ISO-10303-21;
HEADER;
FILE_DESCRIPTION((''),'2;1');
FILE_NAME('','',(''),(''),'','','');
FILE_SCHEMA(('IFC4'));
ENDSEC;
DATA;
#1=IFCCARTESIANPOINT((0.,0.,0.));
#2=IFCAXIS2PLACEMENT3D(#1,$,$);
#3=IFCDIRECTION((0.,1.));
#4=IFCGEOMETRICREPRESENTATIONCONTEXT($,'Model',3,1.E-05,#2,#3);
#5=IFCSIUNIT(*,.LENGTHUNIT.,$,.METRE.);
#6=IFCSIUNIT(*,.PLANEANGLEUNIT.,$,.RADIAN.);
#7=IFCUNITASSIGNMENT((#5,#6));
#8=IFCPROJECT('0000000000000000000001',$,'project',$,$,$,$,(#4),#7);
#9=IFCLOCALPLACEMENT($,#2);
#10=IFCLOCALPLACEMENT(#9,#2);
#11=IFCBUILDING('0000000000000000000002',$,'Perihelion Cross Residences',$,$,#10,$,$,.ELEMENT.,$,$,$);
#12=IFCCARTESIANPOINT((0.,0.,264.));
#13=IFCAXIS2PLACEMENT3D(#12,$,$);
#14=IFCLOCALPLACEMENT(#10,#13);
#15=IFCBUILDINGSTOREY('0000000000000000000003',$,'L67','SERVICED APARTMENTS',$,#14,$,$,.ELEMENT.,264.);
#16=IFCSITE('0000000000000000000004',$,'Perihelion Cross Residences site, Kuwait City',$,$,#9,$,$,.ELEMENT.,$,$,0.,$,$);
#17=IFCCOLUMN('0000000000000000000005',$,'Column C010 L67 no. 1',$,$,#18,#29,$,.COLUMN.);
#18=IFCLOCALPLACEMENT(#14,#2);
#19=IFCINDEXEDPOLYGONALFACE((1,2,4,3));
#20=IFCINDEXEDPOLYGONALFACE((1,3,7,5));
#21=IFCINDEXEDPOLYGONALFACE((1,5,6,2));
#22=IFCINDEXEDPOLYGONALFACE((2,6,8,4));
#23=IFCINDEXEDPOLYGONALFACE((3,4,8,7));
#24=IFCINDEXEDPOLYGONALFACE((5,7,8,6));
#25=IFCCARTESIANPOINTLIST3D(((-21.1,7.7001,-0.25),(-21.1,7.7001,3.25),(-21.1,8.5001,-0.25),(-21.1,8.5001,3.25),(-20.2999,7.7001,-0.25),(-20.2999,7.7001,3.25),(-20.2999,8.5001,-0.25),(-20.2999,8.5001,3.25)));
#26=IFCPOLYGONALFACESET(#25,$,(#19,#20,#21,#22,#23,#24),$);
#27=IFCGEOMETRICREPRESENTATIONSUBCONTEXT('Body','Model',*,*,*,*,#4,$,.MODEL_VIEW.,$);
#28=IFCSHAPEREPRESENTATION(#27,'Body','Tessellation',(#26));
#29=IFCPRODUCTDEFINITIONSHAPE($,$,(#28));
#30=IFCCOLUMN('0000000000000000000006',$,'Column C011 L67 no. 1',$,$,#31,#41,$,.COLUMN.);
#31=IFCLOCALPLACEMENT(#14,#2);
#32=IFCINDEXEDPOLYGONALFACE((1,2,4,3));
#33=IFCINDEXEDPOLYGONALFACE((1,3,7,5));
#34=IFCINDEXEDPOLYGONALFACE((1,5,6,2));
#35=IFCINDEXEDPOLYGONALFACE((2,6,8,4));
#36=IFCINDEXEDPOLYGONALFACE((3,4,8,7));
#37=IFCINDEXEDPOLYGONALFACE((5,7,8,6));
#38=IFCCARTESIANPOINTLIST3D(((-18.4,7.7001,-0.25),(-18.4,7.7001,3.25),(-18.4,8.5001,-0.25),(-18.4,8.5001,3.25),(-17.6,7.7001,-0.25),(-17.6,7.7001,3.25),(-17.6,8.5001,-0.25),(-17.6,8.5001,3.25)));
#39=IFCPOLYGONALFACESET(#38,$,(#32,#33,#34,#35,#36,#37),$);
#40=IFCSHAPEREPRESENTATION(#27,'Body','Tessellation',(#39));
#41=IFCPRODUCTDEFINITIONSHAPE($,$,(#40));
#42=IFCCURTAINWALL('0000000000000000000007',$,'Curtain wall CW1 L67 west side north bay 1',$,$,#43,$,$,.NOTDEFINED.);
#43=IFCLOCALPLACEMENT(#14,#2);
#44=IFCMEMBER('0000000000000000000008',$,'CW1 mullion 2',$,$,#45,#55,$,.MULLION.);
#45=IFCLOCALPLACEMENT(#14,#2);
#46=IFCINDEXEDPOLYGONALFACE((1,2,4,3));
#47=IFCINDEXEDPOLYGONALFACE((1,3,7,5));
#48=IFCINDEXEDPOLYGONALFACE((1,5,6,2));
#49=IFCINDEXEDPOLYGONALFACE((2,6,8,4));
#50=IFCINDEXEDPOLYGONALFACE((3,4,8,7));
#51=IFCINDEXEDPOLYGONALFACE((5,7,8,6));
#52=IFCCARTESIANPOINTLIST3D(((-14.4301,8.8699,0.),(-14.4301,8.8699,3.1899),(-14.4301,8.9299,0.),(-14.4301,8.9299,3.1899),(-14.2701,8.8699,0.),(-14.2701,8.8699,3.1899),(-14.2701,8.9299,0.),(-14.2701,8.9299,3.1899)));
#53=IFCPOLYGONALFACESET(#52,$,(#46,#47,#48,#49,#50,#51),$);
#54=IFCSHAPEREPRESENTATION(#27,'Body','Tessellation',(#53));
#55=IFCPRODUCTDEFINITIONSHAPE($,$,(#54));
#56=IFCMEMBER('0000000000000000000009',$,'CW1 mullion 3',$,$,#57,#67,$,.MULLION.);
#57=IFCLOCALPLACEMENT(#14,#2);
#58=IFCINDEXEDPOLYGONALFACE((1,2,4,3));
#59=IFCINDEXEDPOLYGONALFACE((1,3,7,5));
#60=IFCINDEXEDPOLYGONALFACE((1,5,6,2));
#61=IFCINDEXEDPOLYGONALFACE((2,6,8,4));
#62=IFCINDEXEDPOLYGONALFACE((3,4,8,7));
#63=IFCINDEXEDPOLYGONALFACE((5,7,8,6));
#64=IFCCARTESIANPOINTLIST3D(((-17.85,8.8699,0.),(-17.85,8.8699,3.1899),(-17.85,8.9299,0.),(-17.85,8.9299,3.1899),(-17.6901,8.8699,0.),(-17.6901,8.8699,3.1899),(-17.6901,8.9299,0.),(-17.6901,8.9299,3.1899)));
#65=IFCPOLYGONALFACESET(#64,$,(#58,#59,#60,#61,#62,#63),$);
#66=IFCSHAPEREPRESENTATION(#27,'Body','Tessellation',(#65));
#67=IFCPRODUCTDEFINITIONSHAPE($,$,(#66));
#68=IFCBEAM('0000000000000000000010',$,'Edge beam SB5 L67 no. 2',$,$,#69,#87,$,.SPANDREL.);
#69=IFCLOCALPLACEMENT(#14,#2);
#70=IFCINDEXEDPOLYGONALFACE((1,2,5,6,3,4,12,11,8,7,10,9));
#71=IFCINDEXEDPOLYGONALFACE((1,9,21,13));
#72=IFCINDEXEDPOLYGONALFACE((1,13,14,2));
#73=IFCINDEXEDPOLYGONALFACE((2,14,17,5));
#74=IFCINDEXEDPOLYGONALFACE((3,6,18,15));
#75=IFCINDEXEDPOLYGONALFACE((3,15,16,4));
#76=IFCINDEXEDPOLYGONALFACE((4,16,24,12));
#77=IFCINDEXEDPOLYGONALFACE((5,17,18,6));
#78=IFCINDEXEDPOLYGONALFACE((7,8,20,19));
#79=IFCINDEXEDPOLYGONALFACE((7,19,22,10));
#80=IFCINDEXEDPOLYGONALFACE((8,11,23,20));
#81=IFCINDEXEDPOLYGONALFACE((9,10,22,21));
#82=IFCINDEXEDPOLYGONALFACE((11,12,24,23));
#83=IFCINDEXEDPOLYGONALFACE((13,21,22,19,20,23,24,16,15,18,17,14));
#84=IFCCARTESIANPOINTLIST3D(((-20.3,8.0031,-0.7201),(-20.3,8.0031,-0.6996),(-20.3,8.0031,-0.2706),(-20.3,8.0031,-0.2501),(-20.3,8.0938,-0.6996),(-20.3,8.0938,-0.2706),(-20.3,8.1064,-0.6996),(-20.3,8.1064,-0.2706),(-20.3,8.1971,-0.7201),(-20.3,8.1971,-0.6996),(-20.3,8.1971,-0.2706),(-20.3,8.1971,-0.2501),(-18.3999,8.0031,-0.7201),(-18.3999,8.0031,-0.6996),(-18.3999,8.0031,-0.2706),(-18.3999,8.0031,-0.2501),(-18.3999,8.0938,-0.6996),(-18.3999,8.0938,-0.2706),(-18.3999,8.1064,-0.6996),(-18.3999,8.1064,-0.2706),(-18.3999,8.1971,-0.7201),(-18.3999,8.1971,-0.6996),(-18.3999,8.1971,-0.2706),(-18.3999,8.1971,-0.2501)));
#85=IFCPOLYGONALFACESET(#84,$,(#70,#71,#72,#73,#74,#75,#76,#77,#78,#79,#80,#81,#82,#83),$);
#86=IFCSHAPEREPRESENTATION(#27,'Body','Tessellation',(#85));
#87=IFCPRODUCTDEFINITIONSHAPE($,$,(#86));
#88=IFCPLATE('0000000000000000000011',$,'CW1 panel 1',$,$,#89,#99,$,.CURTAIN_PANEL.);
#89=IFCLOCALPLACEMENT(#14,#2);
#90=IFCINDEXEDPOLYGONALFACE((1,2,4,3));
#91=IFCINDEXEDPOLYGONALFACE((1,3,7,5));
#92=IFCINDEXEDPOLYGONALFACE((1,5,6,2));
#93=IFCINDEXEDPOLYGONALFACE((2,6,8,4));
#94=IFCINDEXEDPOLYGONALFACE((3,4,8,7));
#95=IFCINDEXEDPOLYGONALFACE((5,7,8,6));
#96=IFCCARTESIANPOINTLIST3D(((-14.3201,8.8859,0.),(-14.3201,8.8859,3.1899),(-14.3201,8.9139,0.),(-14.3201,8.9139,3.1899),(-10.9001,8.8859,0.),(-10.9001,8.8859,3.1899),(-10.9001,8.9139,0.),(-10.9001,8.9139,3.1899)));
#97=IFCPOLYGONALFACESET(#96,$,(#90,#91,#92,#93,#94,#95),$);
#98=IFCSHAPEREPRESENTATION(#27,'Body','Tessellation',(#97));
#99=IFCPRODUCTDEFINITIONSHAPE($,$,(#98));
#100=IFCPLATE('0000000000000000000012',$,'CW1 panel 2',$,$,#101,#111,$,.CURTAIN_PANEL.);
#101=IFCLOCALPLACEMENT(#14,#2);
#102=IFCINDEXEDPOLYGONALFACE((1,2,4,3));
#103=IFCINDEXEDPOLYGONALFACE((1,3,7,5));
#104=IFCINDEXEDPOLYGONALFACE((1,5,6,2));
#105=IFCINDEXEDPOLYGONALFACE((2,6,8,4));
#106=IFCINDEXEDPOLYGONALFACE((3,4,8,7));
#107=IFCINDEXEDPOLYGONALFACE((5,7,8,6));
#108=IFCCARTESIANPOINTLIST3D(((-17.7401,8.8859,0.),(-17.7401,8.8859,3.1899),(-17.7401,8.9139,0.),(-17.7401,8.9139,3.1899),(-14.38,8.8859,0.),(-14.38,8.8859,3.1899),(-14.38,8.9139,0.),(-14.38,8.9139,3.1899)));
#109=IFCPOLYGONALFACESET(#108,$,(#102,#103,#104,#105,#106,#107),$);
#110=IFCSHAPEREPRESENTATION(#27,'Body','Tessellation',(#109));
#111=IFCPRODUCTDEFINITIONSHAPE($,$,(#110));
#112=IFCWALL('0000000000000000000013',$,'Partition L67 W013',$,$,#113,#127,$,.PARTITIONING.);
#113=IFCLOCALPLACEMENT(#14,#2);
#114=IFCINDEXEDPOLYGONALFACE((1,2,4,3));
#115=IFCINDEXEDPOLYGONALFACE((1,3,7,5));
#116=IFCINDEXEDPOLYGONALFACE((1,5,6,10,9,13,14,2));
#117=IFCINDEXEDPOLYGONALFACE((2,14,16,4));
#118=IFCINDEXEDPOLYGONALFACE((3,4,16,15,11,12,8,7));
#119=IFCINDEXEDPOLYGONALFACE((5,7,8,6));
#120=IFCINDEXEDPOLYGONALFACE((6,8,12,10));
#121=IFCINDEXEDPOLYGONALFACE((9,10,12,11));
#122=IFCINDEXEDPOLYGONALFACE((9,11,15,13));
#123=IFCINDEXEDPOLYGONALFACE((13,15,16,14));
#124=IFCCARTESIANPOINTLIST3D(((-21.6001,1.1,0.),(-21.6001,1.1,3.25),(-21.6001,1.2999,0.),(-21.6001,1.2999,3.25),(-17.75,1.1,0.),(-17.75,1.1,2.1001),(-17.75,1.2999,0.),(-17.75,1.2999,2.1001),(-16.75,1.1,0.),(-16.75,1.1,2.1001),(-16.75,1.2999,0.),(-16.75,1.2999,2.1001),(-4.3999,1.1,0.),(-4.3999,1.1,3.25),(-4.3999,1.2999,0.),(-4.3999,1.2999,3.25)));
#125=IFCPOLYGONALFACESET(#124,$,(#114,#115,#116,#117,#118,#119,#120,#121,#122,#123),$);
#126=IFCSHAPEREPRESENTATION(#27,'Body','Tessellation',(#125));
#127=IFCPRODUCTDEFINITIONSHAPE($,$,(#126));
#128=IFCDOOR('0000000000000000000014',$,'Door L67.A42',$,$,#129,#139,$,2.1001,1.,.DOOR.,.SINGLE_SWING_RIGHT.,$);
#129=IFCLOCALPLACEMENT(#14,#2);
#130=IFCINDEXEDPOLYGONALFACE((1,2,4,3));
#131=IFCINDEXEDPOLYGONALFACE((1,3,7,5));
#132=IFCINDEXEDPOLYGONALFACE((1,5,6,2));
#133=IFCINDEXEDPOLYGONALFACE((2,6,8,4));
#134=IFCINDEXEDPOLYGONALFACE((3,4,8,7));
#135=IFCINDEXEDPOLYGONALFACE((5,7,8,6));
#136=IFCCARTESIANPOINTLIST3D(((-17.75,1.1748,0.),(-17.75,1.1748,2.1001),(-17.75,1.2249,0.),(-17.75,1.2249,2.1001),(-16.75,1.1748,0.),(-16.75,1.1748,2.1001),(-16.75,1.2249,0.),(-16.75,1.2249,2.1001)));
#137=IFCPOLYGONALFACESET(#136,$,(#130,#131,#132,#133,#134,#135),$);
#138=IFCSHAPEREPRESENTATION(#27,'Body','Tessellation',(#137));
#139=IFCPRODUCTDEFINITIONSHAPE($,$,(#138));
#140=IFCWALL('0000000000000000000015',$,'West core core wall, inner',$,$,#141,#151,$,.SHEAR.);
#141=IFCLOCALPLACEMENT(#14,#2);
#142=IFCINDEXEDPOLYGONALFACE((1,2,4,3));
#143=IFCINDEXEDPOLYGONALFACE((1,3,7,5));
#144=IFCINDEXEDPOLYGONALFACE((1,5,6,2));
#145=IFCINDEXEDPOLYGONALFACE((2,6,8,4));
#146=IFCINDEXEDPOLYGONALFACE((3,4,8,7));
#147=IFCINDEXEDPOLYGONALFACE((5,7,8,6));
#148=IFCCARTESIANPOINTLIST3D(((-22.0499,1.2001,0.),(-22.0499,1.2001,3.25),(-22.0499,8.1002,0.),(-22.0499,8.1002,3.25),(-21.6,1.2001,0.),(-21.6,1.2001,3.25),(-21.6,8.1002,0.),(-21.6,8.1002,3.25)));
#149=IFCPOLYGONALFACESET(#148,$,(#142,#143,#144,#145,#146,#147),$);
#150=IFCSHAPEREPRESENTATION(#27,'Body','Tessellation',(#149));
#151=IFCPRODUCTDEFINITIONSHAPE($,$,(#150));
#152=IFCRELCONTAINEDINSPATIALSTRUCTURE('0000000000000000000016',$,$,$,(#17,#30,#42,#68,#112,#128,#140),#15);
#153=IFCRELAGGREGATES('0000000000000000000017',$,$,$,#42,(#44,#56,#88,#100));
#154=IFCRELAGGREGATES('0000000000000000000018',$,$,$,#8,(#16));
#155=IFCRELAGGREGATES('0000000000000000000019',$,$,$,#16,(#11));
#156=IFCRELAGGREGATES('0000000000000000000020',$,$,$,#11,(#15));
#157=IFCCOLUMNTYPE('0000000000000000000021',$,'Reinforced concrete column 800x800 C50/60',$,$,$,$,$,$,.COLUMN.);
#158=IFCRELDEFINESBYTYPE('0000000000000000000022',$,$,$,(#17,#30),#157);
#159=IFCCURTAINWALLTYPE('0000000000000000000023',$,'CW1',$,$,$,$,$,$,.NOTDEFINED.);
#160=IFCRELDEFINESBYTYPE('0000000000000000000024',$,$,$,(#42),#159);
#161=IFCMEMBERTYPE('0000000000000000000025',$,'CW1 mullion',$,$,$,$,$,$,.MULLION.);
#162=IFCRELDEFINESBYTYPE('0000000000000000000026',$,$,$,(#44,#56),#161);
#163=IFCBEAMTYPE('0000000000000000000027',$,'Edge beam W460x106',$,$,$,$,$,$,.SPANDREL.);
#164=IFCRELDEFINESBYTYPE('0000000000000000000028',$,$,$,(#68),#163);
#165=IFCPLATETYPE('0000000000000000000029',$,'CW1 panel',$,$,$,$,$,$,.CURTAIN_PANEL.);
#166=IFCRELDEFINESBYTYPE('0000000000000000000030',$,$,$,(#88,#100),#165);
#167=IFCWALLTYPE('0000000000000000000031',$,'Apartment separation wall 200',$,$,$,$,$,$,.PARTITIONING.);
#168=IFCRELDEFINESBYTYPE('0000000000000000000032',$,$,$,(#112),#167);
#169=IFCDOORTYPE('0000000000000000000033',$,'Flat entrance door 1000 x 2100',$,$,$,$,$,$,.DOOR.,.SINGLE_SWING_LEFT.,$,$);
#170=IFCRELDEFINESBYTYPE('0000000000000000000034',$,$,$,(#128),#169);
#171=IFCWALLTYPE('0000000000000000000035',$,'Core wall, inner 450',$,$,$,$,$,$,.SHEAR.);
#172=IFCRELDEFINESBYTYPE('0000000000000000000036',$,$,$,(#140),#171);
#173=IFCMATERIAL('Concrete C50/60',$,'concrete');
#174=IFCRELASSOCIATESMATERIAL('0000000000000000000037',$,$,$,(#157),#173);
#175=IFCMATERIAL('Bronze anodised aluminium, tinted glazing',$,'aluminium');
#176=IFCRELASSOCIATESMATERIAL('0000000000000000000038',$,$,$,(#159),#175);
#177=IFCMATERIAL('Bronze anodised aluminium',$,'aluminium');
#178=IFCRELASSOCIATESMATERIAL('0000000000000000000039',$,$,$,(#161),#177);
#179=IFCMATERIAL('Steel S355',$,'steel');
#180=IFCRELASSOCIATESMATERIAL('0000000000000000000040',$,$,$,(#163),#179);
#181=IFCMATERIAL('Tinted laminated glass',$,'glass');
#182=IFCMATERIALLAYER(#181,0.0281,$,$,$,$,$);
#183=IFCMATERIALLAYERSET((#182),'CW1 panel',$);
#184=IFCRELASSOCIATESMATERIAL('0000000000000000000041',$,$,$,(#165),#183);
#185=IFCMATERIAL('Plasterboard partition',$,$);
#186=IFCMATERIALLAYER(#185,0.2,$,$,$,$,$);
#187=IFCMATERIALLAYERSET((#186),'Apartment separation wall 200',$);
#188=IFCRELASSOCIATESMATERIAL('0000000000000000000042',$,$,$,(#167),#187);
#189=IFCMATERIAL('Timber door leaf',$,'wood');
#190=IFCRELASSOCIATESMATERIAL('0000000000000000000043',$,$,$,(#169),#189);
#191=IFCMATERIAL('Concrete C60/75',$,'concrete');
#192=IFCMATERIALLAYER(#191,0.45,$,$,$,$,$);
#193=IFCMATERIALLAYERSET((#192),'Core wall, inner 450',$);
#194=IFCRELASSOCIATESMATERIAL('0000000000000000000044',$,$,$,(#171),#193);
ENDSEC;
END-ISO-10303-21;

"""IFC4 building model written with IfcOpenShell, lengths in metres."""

from ifc_helpers import new_model, si_unit, direction, frame, frame_2d, origin, origin_2d, place, context, subcontext, project, spatial, rectangle, i_section, extrude, material, layer, layer_set, material_profile, profile_set, type_object, element, fill, aggregate, save


model = new_model("IFC4")

# Units and contexts
model_context = context("Model", 3, precision=1e-05, world=origin(), true_north=direction((0.0, 1.0)))
body_context = subcontext(model_context, "Body", "Model", "MODEL_VIEW")
ifc_project = project(units=[si_unit("LENGTHUNIT", "METRE"), si_unit("PLANEANGLEUNIT", "RADIAN")], contexts=[model_context])

# Site, building, storey
site_placement = place(None, origin())
site = spatial("IfcSite", under=ifc_project, at=site_placement, Name="Perihelion Cross Residences site, Kuwait City", CompositionType="ELEMENT", RefElevation=0.0)
building_placement = place(site_placement, origin())
building = spatial("IfcBuilding", under=site, at=building_placement, Name="Perihelion Cross Residences", CompositionType="ELEMENT")
storey_placement = place(building_placement, frame((0.0, 0.0, 264.0)))
storey = spatial("IfcBuildingStorey", under=building, at=storey_placement, Name="L67", Description="SERVICED APARTMENTS", CompositionType="ELEMENT", Elevation=264.0)

# Columns
ifc_material_1 = material(Name="Concrete C50/60", Category="concrete")
ifc_material_profile_1 = material_profile(ifc_material_1, rectangle(XDim=0.8, YDim=0.8, at=origin_2d()), Name="RC 800x800")
ifc_profile_set_1 = profile_set([ifc_material_profile_1], Name="Concrete C50/60")
column_type = type_object("IfcColumnType", Name="Reinforced concrete column 800x800 C50/60", PredefinedType="COLUMN", material=ifc_profile_set_1)
for number, where, z_axis, x_axis, name in (
    (1, (-20.7, 8.1001, -0.25), (0.0, 0.0, 1.0), (1.0, 0.0, 0.0), "Column C010 L67 no. 1"),
    (2, (-18.0, 8.1001, -0.25), (0.0, 0.0, 1.0), (1.0, 0.0, 0.0), "Column C011 L67 no. 1"),
):
    element("IfcColumn", number, at=place(storey_placement, frame(where, z_axis=z_axis, x_axis=x_axis)), inside=storey, type_object=column_type, Name=name, PredefinedType="COLUMN", context=body_context, shape_type="SweptSolid", body=[
        extrude(rectangle(XDim=0.8, YDim=0.8, at=origin_2d()), origin(), (0.0, 0.0, 1.0), 3.5),
    ])

# Curtain wall, members
ifc_material_2 = material(Name="Bronze anodised aluminium, tinted glazing", Category="aluminium")
curtain_wall_type = type_object("IfcCurtainWallType", Name="CW1", PredefinedType="NOTDEFINED", material=ifc_material_2)
curtain_wall_placement = place(storey_placement, origin())
curtain_wall = element("IfcCurtainWall", 3, at=curtain_wall_placement, inside=storey, type_object=curtain_wall_type, Name="Curtain wall CW1 L67 west side north bay 1", PredefinedType="NOTDEFINED")
ifc_material_3 = material(Name="Bronze anodised aluminium", Category="aluminium")
ifc_material_profile_2 = material_profile(ifc_material_3, rectangle(XDim=0.0601, YDim=0.1599, at=origin_2d()), Name="CW1 mullion")
ifc_profile_set_2 = profile_set([ifc_material_profile_2], Name="Bronze anodised aluminium")
member_type = type_object("IfcMemberType", Name="CW1 mullion", PredefinedType="MULLION", material=ifc_profile_set_2)
member_1_placement = place(storey_placement, frame((-14.3501, 8.8999, 0.0), z_axis=(0.0, 0.0, 1.0), x_axis=(0.0, -1.0, 0.0)))
member_1 = element("IfcMember", 4, at=member_1_placement, type_object=member_type, Name="CW1 mullion 2", PredefinedType="MULLION", context=body_context, shape_type="SweptSolid", body=[
    extrude(rectangle(XDim=0.0601, YDim=0.1599, at=origin_2d()), origin(), (0.0, 0.0, 1.0), 3.1899),
])
member_2_placement = place(storey_placement, frame((-17.77, 8.8999, 0.0), z_axis=(0.0, 0.0, 1.0), x_axis=(0.0, -1.0, 0.0)))
member_2 = element("IfcMember", 5, at=member_2_placement, type_object=member_type, Name="CW1 mullion 3", PredefinedType="MULLION", context=body_context, shape_type="SweptSolid", body=[
    extrude(rectangle(XDim=0.0601, YDim=0.1599, at=origin_2d()), origin(), (0.0, 0.0, 1.0), 3.1899),
])

# Beam
ifc_material_4 = material(Name="Steel S355", Category="steel")
ifc_material_profile_3 = material_profile(ifc_material_4, i_section(OverallWidth=0.1941, OverallDepth=0.47, WebThickness=0.0127, FlangeThickness=0.0205, at=origin_2d()), Name="W460x106")
ifc_profile_set_3 = profile_set([ifc_material_profile_3], Name="Steel S355")
beam_type = type_object("IfcBeamType", Name="Edge beam W460x106", PredefinedType="SPANDREL", material=ifc_profile_set_3)
beam_placement = place(storey_placement, frame((-18.3999, 8.1001, -0.4851), z_axis=(-1.0, 0.0, 0.0), x_axis=(0.0, -1.0, 0.0)))
element("IfcBeam", 6, at=beam_placement, inside=storey, type_object=beam_type, Name="Edge beam SB5 L67 no. 2", PredefinedType="SPANDREL", context=body_context, shape_type="SweptSolid", body=[
    extrude(i_section(OverallWidth=0.1941, OverallDepth=0.47, WebThickness=0.0127, FlangeThickness=0.0205, at=origin_2d()), origin(), (0.0, 0.0, 1.0), 1.9001),
])

# Plates
ifc_material_5 = material(Name="Tinted laminated glass", Category="glass")
ifc_layer_1 = layer(ifc_material_5, 0.0281)
ifc_layer_set_1 = layer_set([ifc_layer_1], Name="CW1 panel")
plate_type = type_object("IfcPlateType", Name="CW1 panel", PredefinedType="CURTAIN_PANEL", material=ifc_layer_set_1)
plate_1_placement = place(storey_placement, frame((-12.6101, 8.8999, 0.0), z_axis=(0.0, 0.0, 1.0), x_axis=(-1.0, 0.0, 0.0)))
plate_1 = element("IfcPlate", 7, at=plate_1_placement, type_object=plate_type, Name="CW1 panel 1", PredefinedType="CURTAIN_PANEL", context=body_context, shape_type="SweptSolid", body=[
    extrude(rectangle(XDim=3.4199, YDim=0.0281, at=origin_2d()), origin(), (0.0, 0.0, 1.0), 3.1899),
])
plate_2_placement = place(storey_placement, frame((-16.0601, 8.8999, 0.0), z_axis=(0.0, 0.0, 1.0), x_axis=(-1.0, 0.0, 0.0)))
plate_2 = element("IfcPlate", 8, at=plate_2_placement, type_object=plate_type, Name="CW1 panel 2", PredefinedType="CURTAIN_PANEL", context=body_context, shape_type="SweptSolid", body=[
    extrude(rectangle(XDim=3.3601, YDim=0.0281, at=origin_2d()), origin(), (0.0, 0.0, 1.0), 3.1899),
])
aggregate(curtain_wall, [member_1, member_2, plate_1, plate_2])

# Wall, opening, door
ifc_material_6 = material(Name="Plasterboard partition")
ifc_layer_2 = layer(ifc_material_6, 0.2)
ifc_layer_set_2 = layer_set([ifc_layer_2], Name="Apartment separation wall 200")
wall_type_1 = type_object("IfcWallType", Name="Apartment separation wall 200", PredefinedType="PARTITIONING", material=ifc_layer_set_2)
wall_1_placement = place(storey_placement, frame((-21.6001, 1.2, 0.0), z_axis=(0.0, 0.0, 1.0), x_axis=(1.0, 0.0, 0.0)))
wall_1 = element("IfcWall", 9, at=wall_1_placement, inside=storey, type_object=wall_type_1, Name="Partition L67 W013", PredefinedType="PARTITIONING", context=body_context, shape_type="SweptSolid", body=[
    extrude(rectangle(XDim=17.2002, YDim=0.2, at=frame_2d((8.6001, 0.0))), origin(), (0.0, 0.0, 1.0), 3.25),
])
opening_1_placement = place(wall_1_placement, frame((3.8501, 0.0, 0.0)))
opening_1 = element("IfcOpeningElement", 10, at=opening_1_placement, cuts=wall_1, PredefinedType="OPENING", context=body_context, shape_type="SweptSolid", body=[
    extrude(rectangle(XDim=1.0, YDim=2.1001, at=frame_2d((0.5, 1.05))), frame((0.0, 0.1099, 0.0), z_axis=(0.0, -1.0, 0.0), x_axis=(1.0, 0.0, 0.0)), (0.0, 0.0, 1.0), 0.22),
])
ifc_material_7 = material(Name="Timber door leaf", Category="wood")
door_type_1 = type_object("IfcDoorType", Name="Flat entrance door 1000 x 2100", OperationType="SINGLE_SWING_LEFT", PredefinedType="DOOR", material=ifc_material_7)
door_1_placement = place(opening_1_placement, origin())
door_1 = element("IfcDoor", 11, at=door_1_placement, inside=storey, type_object=door_type_1, Name="Door L67.A42", OperationType="SINGLE_SWING_RIGHT", OverallHeight=2.1001, OverallWidth=1.0, PredefinedType="DOOR", context=body_context, shape_type="SweptSolid", body=[
    extrude(rectangle(XDim=1.0, YDim=2.1001, at=frame_2d((0.5, 1.05))), frame((0.0, 0.0249, 0.0), z_axis=(0.0, -1.0, 0.0), x_axis=(1.0, 0.0, 0.0)), (0.0, 0.0, 1.0), 0.05),
])
fill(opening_1, door_1)

# Wall
ifc_material_8 = material(Name="Concrete C60/75", Category="concrete")
ifc_layer_3 = layer(ifc_material_8, 0.45)
ifc_layer_set_3 = layer_set([ifc_layer_3], Name="Core wall, inner 450")
wall_type_2 = type_object("IfcWallType", Name="Core wall, inner 450", PredefinedType="SHEAR", material=ifc_layer_set_3)
wall_2_placement = place(storey_placement, frame((-21.825, 1.2, 0.0), z_axis=(0.0, 0.0, 1.0), x_axis=(0.0, 1.0, 0.0)))
element("IfcWall", 12, at=wall_2_placement, inside=storey, type_object=wall_type_2, Name="West core core wall, inner", PredefinedType="SHEAR", context=body_context, shape_type="SweptSolid", body=[
    extrude(rectangle(XDim=6.9001, YDim=0.45, at=frame_2d((3.4502, 0.0))), origin(), (0.0, 0.0, 1.0), 3.25),
])

save(model, "model.ifc")
